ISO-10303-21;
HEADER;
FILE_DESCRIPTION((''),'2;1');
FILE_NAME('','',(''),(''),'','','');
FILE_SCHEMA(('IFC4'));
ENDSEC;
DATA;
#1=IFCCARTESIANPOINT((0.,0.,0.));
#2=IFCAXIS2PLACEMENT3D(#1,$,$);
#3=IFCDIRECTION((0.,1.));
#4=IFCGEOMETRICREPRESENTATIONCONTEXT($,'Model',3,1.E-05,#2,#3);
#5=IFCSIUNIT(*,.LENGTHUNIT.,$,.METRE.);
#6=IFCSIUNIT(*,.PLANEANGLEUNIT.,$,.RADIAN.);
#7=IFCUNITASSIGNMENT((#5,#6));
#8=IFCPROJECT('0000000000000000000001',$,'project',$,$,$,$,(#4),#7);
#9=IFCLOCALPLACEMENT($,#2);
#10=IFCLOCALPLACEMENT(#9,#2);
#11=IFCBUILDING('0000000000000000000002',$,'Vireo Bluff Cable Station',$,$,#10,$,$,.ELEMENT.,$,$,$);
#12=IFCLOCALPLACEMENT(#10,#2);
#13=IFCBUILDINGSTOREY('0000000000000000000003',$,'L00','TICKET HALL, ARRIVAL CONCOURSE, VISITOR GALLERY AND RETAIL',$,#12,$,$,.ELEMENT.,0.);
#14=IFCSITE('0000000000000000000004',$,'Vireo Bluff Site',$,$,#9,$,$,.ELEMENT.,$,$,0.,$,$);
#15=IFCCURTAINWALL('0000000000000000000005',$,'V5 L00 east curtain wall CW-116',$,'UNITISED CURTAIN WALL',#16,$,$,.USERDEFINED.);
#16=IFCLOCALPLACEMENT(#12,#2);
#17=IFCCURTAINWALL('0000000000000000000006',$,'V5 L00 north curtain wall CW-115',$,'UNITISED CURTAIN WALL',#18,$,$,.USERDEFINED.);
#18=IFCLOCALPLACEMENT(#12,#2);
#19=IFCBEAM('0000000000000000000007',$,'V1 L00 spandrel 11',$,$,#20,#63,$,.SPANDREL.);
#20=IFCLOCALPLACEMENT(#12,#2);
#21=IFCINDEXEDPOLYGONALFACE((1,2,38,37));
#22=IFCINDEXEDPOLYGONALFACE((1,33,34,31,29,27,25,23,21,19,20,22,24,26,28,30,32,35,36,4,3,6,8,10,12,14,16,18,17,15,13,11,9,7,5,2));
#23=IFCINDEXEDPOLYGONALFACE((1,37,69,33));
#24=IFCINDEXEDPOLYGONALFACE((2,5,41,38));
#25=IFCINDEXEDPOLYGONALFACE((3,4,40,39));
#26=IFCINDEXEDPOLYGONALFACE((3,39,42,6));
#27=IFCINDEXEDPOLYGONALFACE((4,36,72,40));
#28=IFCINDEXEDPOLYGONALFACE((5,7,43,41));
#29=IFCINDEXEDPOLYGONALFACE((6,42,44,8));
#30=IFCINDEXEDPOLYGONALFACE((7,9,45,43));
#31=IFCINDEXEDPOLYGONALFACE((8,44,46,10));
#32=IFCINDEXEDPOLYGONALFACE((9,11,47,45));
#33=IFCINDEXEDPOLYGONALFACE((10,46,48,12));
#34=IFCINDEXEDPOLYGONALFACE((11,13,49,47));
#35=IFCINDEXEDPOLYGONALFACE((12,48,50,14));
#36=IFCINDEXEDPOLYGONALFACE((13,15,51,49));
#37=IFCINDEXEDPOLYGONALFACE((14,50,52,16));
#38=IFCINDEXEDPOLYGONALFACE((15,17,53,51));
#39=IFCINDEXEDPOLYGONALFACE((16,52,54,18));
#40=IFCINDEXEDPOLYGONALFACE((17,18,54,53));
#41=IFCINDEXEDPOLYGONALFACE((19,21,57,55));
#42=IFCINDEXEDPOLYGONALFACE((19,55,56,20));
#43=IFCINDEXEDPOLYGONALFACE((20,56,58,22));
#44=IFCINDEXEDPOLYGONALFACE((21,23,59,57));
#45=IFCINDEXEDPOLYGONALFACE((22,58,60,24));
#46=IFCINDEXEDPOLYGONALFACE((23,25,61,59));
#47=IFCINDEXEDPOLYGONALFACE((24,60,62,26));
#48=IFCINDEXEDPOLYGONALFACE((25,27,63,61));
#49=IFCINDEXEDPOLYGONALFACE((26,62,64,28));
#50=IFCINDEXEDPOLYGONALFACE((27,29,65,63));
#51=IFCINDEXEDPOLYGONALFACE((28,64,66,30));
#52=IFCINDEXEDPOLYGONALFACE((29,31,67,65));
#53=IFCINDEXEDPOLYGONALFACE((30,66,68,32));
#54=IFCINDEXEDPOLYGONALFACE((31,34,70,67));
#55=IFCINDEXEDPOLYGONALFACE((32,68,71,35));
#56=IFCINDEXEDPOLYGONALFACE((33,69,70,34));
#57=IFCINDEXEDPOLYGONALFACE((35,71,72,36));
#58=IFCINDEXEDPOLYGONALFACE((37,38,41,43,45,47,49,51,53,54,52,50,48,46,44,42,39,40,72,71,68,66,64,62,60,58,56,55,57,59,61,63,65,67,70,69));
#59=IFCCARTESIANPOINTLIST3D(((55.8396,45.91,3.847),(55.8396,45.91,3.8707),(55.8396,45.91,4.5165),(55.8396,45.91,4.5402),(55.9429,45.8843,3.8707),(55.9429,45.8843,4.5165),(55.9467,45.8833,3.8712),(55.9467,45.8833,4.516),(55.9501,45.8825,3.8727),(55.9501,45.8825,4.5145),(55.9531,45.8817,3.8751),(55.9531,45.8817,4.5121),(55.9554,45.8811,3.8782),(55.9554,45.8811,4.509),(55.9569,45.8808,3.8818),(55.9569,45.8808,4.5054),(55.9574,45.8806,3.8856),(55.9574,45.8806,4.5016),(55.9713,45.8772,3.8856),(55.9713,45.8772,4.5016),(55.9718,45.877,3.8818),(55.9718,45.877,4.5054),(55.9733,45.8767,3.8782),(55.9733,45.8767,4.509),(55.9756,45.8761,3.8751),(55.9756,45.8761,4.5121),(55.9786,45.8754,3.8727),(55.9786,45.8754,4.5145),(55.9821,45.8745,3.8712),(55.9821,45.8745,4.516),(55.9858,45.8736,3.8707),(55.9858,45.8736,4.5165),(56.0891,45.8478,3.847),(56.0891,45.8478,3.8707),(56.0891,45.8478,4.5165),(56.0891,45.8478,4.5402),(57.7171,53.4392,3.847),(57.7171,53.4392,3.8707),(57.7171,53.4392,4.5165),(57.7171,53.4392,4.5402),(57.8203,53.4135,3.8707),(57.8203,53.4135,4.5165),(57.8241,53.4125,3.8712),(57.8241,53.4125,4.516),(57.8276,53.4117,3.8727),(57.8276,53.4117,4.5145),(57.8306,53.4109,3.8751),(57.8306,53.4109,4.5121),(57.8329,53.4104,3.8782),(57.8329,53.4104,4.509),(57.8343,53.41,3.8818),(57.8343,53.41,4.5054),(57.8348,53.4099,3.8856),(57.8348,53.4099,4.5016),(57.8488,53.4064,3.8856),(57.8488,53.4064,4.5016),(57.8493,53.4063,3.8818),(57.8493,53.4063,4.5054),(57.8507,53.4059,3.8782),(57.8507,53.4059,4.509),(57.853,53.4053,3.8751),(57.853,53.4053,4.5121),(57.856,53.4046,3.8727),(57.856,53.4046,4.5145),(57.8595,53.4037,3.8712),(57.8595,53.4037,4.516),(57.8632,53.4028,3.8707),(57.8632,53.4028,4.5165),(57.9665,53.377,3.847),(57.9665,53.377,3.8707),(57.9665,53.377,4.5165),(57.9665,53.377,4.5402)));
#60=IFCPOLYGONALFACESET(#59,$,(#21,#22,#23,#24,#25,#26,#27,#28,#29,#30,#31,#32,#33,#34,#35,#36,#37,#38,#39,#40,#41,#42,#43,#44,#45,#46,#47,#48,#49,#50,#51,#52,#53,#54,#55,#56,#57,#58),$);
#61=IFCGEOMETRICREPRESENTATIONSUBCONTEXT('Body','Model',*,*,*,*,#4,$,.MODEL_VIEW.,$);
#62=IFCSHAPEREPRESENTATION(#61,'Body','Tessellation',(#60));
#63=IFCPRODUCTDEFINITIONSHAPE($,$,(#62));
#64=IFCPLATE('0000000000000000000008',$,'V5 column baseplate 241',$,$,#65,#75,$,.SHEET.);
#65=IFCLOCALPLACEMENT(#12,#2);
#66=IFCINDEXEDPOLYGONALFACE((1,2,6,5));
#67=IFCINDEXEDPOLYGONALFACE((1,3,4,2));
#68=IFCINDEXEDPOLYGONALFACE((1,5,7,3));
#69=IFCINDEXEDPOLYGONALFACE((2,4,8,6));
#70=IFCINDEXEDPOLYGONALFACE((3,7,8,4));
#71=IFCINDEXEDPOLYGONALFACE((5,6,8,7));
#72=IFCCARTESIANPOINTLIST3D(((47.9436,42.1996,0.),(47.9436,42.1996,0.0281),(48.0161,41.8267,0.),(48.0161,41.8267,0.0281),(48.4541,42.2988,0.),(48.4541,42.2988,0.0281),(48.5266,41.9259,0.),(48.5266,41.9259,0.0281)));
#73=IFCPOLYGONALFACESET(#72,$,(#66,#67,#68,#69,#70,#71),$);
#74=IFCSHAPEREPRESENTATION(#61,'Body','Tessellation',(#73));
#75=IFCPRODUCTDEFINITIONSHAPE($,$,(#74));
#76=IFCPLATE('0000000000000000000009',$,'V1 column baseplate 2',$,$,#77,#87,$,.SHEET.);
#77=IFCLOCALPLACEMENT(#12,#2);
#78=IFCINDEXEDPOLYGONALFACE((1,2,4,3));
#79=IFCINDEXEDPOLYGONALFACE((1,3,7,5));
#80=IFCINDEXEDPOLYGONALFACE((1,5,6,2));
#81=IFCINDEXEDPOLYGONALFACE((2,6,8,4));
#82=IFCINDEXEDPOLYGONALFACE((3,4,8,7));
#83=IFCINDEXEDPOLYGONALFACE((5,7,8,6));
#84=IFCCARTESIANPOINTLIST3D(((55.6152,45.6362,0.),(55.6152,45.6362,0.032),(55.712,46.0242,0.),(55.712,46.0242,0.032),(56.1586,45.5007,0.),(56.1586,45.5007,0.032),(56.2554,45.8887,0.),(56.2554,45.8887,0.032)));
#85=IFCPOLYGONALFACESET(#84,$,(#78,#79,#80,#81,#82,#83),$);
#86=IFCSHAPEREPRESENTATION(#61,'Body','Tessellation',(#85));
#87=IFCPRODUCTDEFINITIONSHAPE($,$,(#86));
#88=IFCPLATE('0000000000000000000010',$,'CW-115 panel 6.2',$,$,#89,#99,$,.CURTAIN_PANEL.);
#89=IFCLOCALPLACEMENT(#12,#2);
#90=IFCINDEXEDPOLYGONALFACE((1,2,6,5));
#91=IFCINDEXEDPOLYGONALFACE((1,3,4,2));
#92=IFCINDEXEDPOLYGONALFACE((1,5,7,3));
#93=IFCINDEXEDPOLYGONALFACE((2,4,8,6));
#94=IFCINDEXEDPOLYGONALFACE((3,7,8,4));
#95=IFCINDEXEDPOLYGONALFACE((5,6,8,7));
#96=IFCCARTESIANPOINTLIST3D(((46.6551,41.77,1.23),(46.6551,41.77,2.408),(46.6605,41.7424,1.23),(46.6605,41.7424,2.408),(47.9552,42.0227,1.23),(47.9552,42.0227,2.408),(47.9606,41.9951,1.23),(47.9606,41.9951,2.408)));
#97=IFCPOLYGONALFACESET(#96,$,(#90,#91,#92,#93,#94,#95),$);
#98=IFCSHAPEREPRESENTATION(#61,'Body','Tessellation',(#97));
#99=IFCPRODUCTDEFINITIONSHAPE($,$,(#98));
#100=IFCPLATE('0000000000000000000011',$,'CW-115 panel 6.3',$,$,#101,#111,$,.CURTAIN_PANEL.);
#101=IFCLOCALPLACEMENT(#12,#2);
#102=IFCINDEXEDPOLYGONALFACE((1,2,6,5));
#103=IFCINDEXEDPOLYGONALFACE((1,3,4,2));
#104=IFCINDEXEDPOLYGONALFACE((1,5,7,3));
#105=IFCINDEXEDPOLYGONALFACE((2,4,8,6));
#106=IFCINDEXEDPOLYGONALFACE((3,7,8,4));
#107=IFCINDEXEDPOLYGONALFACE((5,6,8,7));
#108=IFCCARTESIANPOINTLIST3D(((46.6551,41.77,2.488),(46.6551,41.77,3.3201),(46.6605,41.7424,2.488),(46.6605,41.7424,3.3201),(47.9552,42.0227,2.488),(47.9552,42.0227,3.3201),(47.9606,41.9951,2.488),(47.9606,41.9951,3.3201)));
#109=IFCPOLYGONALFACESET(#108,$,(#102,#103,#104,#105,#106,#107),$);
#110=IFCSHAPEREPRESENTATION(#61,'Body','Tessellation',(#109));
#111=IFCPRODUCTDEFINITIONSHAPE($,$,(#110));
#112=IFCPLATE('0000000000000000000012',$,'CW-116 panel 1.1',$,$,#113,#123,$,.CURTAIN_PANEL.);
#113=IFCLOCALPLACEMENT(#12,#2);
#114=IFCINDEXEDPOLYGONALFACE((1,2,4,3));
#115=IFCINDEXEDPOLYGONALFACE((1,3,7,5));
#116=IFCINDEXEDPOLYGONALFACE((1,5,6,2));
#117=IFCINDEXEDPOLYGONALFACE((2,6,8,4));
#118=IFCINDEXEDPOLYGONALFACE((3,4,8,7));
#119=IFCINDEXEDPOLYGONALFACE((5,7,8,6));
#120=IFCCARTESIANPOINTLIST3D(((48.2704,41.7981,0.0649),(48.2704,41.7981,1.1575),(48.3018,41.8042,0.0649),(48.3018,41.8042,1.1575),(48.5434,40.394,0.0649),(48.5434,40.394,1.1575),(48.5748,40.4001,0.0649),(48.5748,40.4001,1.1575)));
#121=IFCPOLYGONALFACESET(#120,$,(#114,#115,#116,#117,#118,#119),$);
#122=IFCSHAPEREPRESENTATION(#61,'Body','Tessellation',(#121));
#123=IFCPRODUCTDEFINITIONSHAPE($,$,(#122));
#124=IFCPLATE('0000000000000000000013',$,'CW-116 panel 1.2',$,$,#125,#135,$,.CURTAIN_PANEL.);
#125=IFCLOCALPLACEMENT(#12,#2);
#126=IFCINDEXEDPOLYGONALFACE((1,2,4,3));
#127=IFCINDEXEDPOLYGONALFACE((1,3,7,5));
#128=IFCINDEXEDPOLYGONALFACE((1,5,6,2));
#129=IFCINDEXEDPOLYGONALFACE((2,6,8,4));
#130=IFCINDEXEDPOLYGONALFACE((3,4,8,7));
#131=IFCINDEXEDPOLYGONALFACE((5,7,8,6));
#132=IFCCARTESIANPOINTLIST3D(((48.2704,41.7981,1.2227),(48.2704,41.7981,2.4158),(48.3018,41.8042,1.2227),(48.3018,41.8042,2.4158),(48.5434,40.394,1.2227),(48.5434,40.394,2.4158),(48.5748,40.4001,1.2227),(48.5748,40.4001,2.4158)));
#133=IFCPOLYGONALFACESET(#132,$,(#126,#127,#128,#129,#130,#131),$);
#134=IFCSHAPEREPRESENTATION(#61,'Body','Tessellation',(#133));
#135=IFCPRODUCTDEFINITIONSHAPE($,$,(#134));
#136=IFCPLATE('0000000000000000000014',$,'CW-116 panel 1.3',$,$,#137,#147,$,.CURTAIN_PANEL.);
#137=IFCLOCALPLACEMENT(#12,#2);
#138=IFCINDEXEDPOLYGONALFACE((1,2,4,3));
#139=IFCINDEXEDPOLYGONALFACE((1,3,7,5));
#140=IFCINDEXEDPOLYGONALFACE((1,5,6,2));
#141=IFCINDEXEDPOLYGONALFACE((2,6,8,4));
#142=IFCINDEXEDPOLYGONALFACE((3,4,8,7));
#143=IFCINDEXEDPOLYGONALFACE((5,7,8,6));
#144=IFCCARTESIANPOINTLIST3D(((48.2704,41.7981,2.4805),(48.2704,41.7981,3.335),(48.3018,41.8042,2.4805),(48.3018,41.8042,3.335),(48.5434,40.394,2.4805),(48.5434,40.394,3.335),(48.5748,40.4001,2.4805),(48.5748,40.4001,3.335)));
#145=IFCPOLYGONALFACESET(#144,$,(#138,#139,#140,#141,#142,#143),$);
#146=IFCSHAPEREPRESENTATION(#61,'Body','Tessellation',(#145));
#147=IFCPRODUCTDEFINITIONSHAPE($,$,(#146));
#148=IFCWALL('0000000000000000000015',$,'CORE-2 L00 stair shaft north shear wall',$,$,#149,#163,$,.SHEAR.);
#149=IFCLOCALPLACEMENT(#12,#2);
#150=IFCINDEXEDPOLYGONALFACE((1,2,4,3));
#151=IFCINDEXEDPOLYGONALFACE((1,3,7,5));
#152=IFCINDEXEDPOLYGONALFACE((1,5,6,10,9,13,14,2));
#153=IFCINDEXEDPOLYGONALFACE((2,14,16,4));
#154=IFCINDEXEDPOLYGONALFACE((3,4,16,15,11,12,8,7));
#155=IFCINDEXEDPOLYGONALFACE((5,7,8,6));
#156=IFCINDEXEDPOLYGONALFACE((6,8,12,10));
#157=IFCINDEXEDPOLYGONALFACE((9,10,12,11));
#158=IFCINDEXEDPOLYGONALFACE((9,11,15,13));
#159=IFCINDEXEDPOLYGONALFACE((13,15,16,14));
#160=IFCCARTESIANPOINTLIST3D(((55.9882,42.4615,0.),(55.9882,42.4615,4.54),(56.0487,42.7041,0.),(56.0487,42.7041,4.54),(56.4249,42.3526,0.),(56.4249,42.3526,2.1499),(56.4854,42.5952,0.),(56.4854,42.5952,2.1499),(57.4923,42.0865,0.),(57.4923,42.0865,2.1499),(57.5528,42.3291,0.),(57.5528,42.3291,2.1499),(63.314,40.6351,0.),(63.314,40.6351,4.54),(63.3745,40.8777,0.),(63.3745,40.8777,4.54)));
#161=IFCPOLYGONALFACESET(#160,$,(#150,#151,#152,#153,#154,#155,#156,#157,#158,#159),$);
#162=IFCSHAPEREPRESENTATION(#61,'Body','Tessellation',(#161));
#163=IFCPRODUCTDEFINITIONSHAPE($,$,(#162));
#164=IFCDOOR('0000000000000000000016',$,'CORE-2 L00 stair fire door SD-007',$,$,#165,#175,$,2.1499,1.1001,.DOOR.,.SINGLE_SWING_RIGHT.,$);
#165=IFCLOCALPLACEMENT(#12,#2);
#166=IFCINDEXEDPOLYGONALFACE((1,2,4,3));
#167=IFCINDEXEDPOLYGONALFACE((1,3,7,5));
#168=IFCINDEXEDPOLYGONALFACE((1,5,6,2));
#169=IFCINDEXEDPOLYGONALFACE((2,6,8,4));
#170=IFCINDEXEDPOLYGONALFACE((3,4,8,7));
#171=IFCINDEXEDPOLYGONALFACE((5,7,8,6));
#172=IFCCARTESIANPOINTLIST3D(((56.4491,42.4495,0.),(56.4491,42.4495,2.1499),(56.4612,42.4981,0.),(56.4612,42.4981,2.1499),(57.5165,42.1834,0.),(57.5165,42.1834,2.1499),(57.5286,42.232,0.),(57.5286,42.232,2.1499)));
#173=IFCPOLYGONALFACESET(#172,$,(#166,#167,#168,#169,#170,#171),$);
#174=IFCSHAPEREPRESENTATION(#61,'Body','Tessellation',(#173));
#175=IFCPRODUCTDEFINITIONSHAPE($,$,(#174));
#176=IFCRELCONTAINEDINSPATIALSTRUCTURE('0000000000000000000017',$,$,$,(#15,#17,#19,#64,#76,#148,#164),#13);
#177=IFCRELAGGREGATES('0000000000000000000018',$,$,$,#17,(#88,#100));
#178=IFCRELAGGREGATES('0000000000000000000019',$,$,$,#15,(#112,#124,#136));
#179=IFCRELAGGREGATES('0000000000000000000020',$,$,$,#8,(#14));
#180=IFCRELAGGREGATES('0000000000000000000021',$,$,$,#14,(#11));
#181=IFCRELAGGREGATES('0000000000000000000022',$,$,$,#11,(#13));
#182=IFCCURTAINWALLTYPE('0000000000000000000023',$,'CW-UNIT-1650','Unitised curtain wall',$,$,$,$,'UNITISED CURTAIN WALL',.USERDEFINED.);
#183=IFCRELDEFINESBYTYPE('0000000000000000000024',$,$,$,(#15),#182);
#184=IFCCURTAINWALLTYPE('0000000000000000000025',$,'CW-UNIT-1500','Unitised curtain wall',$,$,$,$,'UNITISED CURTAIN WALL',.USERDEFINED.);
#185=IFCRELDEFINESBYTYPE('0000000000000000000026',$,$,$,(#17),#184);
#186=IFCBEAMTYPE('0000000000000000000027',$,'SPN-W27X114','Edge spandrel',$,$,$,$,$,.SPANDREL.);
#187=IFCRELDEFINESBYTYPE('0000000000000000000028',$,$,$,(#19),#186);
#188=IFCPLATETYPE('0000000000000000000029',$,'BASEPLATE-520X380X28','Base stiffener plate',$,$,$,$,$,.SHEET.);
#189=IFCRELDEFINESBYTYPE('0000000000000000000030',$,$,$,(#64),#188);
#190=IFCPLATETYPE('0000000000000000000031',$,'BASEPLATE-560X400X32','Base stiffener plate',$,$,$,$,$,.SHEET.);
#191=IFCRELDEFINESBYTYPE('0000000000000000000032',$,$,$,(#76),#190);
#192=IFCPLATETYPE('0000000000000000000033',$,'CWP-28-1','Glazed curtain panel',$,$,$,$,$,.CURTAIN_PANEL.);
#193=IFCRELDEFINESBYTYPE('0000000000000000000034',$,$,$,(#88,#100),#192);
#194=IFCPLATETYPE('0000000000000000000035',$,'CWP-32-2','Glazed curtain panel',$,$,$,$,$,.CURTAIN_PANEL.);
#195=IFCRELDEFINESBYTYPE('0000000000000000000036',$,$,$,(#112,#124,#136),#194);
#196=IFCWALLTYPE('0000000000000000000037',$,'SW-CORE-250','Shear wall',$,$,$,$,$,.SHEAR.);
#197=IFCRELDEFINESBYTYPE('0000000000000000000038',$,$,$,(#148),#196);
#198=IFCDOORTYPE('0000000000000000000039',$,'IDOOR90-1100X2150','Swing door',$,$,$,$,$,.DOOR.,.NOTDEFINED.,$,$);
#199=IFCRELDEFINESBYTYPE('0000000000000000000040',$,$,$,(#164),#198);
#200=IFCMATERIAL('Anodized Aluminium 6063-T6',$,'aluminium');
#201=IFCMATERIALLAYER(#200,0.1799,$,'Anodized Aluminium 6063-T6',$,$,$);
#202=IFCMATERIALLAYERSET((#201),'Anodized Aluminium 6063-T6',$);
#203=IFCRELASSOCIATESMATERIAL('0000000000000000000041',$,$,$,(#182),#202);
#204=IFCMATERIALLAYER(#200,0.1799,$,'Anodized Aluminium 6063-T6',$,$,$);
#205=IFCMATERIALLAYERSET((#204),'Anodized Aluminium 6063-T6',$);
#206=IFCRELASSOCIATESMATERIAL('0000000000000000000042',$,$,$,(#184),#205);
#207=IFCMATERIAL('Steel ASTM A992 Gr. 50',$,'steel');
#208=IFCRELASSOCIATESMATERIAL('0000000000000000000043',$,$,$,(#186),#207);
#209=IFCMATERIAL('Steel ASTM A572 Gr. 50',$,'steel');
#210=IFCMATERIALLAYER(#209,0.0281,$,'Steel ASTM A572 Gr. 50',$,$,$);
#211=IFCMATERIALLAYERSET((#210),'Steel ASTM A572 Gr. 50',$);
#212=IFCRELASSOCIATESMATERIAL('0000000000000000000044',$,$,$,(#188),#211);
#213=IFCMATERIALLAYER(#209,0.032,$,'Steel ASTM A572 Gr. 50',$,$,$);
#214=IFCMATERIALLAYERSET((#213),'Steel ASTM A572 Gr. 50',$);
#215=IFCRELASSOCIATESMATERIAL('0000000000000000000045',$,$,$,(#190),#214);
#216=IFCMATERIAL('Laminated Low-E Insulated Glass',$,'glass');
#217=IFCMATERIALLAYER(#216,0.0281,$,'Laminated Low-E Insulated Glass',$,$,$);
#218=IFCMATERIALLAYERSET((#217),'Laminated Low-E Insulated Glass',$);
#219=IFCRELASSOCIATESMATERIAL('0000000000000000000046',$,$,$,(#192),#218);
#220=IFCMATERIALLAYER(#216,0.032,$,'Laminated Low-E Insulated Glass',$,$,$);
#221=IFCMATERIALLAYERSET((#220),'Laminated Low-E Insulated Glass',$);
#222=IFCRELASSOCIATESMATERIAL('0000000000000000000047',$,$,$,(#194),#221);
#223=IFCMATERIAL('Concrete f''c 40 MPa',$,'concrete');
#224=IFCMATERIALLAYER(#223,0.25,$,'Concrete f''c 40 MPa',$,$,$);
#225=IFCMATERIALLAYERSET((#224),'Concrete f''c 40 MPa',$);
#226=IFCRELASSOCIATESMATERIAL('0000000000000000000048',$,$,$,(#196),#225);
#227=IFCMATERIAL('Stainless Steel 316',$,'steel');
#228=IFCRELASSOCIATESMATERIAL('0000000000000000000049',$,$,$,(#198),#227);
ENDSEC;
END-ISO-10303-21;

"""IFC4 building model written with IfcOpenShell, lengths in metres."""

from ifc_helpers import new_model, si_unit, direction, frame, frame_2d, origin, origin_with_axes, origin_2d, place, context, subcontext, project, spatial, rectangle, i_section, extrude, material, layer, layer_set, material_profile, profile_set, type_object, element, fill, aggregate, save


model = new_model("IFC4")

# Units and contexts
model_context = context("Model", 3, precision=1e-05, world=origin(), true_north=direction((0.0, 1.0)))
body_context = subcontext(model_context, "Body", "Model", "MODEL_VIEW")
ifc_project = project(units=[si_unit("LENGTHUNIT", "METRE"), si_unit("PLANEANGLEUNIT", "RADIAN")], contexts=[model_context])

# Site, building, storey
site_placement = place(None, origin())
site = spatial("IfcSite", under=ifc_project, at=site_placement, Name="Vireo Bluff Site", CompositionType="ELEMENT", RefElevation=0.0)
building_placement = place(site_placement, origin())
building = spatial("IfcBuilding", under=site, at=building_placement, Name="Vireo Bluff Cable Station", CompositionType="ELEMENT")
storey_placement = place(building_placement, origin())
storey = spatial("IfcBuildingStorey", under=building, at=storey_placement, Name="L00", Description="TICKET HALL, ARRIVAL CONCOURSE, VISITOR GALLERY AND RETAIL", CompositionType="ELEMENT", Elevation=0.0)

# Shared definitions
ifc_material_1 = material(Name="Concrete f'c 40 MPa", Category="concrete")

# Shared definitions
ifc_material_2 = material(Name="Steel ASTM A992 Gr. 50", Category="steel")

# Curtain walls
ifc_material_3 = material(Name="Anodized Aluminium 6063-T6", Category="aluminium")
ifc_layer_1 = layer(ifc_material_3, 0.1799, Name="Anodized Aluminium 6063-T6")
ifc_layer_set_1 = layer_set([ifc_layer_1], Name="Anodized Aluminium 6063-T6")
curtain_wall_type_1 = type_object("IfcCurtainWallType", Name="CW-UNIT-1650", Description="Unitised curtain wall", ElementType="UNITISED CURTAIN WALL", PredefinedType="USERDEFINED", material=ifc_layer_set_1)
curtain_wall_1_placement = place(storey_placement, origin())
curtain_wall_1 = element("IfcCurtainWall", 1, at=curtain_wall_1_placement, inside=storey, type_object=curtain_wall_type_1, Name="V5 L00 east curtain wall CW-116", ObjectType="UNITISED CURTAIN WALL", PredefinedType="USERDEFINED")
ifc_layer_2 = layer(ifc_material_3, 0.1799, Name="Anodized Aluminium 6063-T6")
ifc_layer_set_2 = layer_set([ifc_layer_2], Name="Anodized Aluminium 6063-T6")
curtain_wall_type_2 = type_object("IfcCurtainWallType", Name="CW-UNIT-1500", Description="Unitised curtain wall", ElementType="UNITISED CURTAIN WALL", PredefinedType="USERDEFINED", material=ifc_layer_set_2)
curtain_wall_2_placement = place(storey_placement, origin())
curtain_wall_2 = element("IfcCurtainWall", 2, at=curtain_wall_2_placement, inside=storey, type_object=curtain_wall_type_2, Name="V5 L00 north curtain wall CW-115", ObjectType="UNITISED CURTAIN WALL", PredefinedType="USERDEFINED")

# Beam
ifc_material_profile_1 = material_profile(ifc_material_2, i_section(OverallWidth=0.2571, OverallDepth=0.6931, WebThickness=0.0144, FlangeThickness=0.0237, FilletRadius=0.0149, at=origin_2d()), Name="W27X114")
ifc_profile_set_1 = profile_set([ifc_material_profile_1], Name="Steel ASTM A992 Gr. 50")
beam_type_1 = type_object("IfcBeamType", Name="SPN-W27X114", Description="Edge spandrel", PredefinedType="SPANDREL", material=ifc_profile_set_1)
beam_1_placement = place(storey_placement, frame((55.9644, 45.8789, 4.1936), z_axis=(0.241943, 0.97029, 0.0), x_axis=(-0.97029, 0.241943, 0.0)))
element("IfcBeam", 3, at=beam_1_placement, inside=storey, type_object=beam_type_1, Name="V1 L00 spandrel 11", PredefinedType="SPANDREL", context=body_context, shape_type="SweptSolid", body=[
    extrude(i_section(OverallWidth=0.2571, OverallDepth=0.6931, WebThickness=0.0144, FlangeThickness=0.0237, FilletRadius=0.0149, at=origin_2d()), origin(), (0.0, 0.0, 1.0), 7.7598),
])

# Plates
ifc_material_4 = material(Name="Steel ASTM A572 Gr. 50", Category="steel")
ifc_layer_3 = layer(ifc_material_4, 0.0281, Name="Steel ASTM A572 Gr. 50")
ifc_layer_set_3 = layer_set([ifc_layer_3], Name="Steel ASTM A572 Gr. 50")
plate_type_1 = type_object("IfcPlateType", Name="BASEPLATE-520X380X28", Description="Base stiffener plate", PredefinedType="SHEET", material=ifc_layer_set_3)
plate_1_placement = place(storey_placement, frame((48.2351, 42.0627, 0.0), z_axis=(0.0, 0.0, 1.0), x_axis=(0.981627, 0.190809, 0.0)))
element("IfcPlate", 4, at=plate_1_placement, inside=storey, type_object=plate_type_1, Name="V5 column baseplate 241", PredefinedType="SHEET", context=body_context, shape_type="SweptSolid", body=[
    extrude(rectangle(XDim=0.52, YDim=0.3799, at=origin_2d()), origin(), (0.0, 0.0, 1.0), 0.0281),
])
ifc_layer_4 = layer(ifc_material_4, 0.032, Name="Steel ASTM A572 Gr. 50")
ifc_layer_set_4 = layer_set([ifc_layer_4], Name="Steel ASTM A572 Gr. 50")
plate_type_2 = type_object("IfcPlateType", Name="BASEPLATE-560X400X32", Description="Base stiffener plate", PredefinedType="SHEET", material=ifc_layer_set_4)
plate_2_placement = place(storey_placement, frame((55.9353, 45.7625, 0.0), z_axis=(0.0, 0.0, 1.0), x_axis=(0.970296, -0.241922, 0.0)))
element("IfcPlate", 5, at=plate_2_placement, inside=storey, type_object=plate_type_2, Name="V1 column baseplate 2", PredefinedType="SHEET", context=body_context, shape_type="SweptSolid", body=[
    extrude(rectangle(XDim=0.5601, YDim=0.3999, at=origin_2d()), origin(), (0.0, 0.0, 1.0), 0.032),
])

# Plates
ifc_material_5 = material(Name="Laminated Low-E Insulated Glass", Category="glass")
ifc_layer_5 = layer(ifc_material_5, 0.0281, Name="Laminated Low-E Insulated Glass")
ifc_layer_set_5 = layer_set([ifc_layer_5], Name="Laminated Low-E Insulated Glass")
plate_type_3 = type_object("IfcPlateType", Name="CWP-28-1", Description="Glazed curtain panel", PredefinedType="CURTAIN_PANEL", material=ifc_layer_set_5)
plate_3_placement = place(storey_placement, frame((47.3079, 41.8826, 1.23), z_axis=(0.0, 0.0, 1.0), x_axis=(0.981627, 0.190809, 0.0)))
plate_3 = element("IfcPlate", 6, at=plate_3_placement, type_object=plate_type_3, Name="CW-115 panel 6.2", PredefinedType="CURTAIN_PANEL", context=body_context, shape_type="SweptSolid", body=[
    extrude(rectangle(XDim=1.3245, YDim=0.0281, at=origin_2d()), origin(), (0.0, 0.0, 1.0), 1.178),
])
plate_4_placement = place(storey_placement, frame((47.3079, 41.8826, 2.488), z_axis=(0.0, 0.0, 1.0), x_axis=(0.981627, 0.190809, 0.0)))
plate_4 = element("IfcPlate", 7, at=plate_4_placement, type_object=plate_type_3, Name="CW-115 panel 6.3", PredefinedType="CURTAIN_PANEL", context=body_context, shape_type="SweptSolid", body=[
    extrude(rectangle(XDim=1.3245, YDim=0.0281, at=origin_2d()), origin(), (0.0, 0.0, 1.0), 0.832),
])
aggregate(curtain_wall_2, [plate_3, plate_4])
ifc_layer_6 = layer(ifc_material_5, 0.032, Name="Laminated Low-E Insulated Glass")
ifc_layer_set_6 = layer_set([ifc_layer_6], Name="Laminated Low-E Insulated Glass")
plate_type_4 = type_object("IfcPlateType", Name="CWP-32-2", Description="Glazed curtain panel", PredefinedType="CURTAIN_PANEL", material=ifc_layer_set_6)
plate_5_placement = place(storey_placement, frame((48.4226, 41.0991, 0.0649), z_axis=(0.0, 0.0, 1.0), x_axis=(0.190809, -0.981627, 0.0)))
plate_5 = element("IfcPlate", 8, at=plate_5_placement, type_object=plate_type_4, Name="CW-116 panel 1.1", PredefinedType="CURTAIN_PANEL", context=body_context, shape_type="SweptSolid", body=[
    extrude(rectangle(XDim=1.4304, YDim=0.032, at=origin_2d()), origin(), (0.0, 0.0, 1.0), 1.0925),
])
plate_6_placement = place(storey_placement, frame((48.4226, 41.0991, 1.2227), z_axis=(0.0, 0.0, 1.0), x_axis=(0.190809, -0.981627, 0.0)))
plate_6 = element("IfcPlate", 9, at=plate_6_placement, type_object=plate_type_4, Name="CW-116 panel 1.2", PredefinedType="CURTAIN_PANEL", context=body_context, shape_type="SweptSolid", body=[
    extrude(rectangle(XDim=1.4304, YDim=0.032, at=origin_2d()), origin(), (0.0, 0.0, 1.0), 1.1931),
])
plate_7_placement = place(storey_placement, frame((48.4226, 41.0991, 2.4805), z_axis=(0.0, 0.0, 1.0), x_axis=(0.190809, -0.981627, 0.0)))
plate_7 = element("IfcPlate", 10, at=plate_7_placement, type_object=plate_type_4, Name="CW-116 panel 1.3", PredefinedType="CURTAIN_PANEL", context=body_context, shape_type="SweptSolid", body=[
    extrude(rectangle(XDim=1.4304, YDim=0.032, at=origin_2d()), origin(), (0.0, 0.0, 1.0), 0.8545),
])
aggregate(curtain_wall_1, [plate_5, plate_6, plate_7])

# Wall, opening, door
ifc_layer_7 = layer(ifc_material_1, 0.25, Name="Concrete f'c 40 MPa")
ifc_layer_set_7 = layer_set([ifc_layer_7], Name="Concrete f'c 40 MPa")
wall_type = type_object("IfcWallType", Name="SW-CORE-250", Description="Shear wall", PredefinedType="SHEAR", material=ifc_layer_set_7)
wall_placement = place(storey_placement, frame((56.0186, 42.5828, 0.0), z_axis=(0.0, 0.0, 1.0), x_axis=(0.9703, -0.241904, 0.0)))
wall = element("IfcWall", 11, at=wall_placement, inside=storey, type_object=wall_type, Name="CORE-2 L00 stair shaft north shear wall", PredefinedType="SHEAR", context=body_context, shape_type="SweptSolid", body=[
    extrude(rectangle(XDim=7.55, YDim=0.25, at=frame_2d((3.7749, 0.0))), origin(), (0.0, 0.0, 1.0), 4.54),
])
opening_placement = place(wall_placement, frame((0.45, 0.0, 0.0)))
opening = element("IfcOpeningElement", 12, at=opening_placement, cuts=wall, PredefinedType="OPENING", context=body_context, shape_type="SweptSolid", body=[
    extrude(rectangle(XDim=1.1001, YDim=2.1499, at=frame_2d((0.55, 1.075))), frame((0.0, 0.135, 0.0), z_axis=(0.0, -1.0, 0.0), x_axis=(1.0, 0.0, 0.0)), (0.0, 0.0, 1.0), 0.27),
])
ifc_material_6 = material(Name="Stainless Steel 316", Category="steel")
door_type = type_object("IfcDoorType", Name="IDOOR90-1100X2150", Description="Swing door", OperationType="NOTDEFINED", PredefinedType="DOOR", material=ifc_material_6)
door_placement = place(opening_placement, origin_with_axes())
door = element("IfcDoor", 13, at=door_placement, inside=storey, type_object=door_type, Name="CORE-2 L00 stair fire door SD-007", OperationType="SINGLE_SWING_RIGHT", OverallHeight=2.1499, OverallWidth=1.1001, PredefinedType="DOOR", context=body_context, shape_type="SweptSolid", body=[
    extrude(rectangle(XDim=1.1001, YDim=2.1499, at=frame_2d((0.55, 1.075))), frame((0.0, 0.0249, 0.0), z_axis=(0.0, -1.0, 0.0), x_axis=(1.0, 0.0, 0.0)), (0.0, 0.0, 1.0), 0.05),
])
fill(opening, door)

save(model, "model.ifc")
